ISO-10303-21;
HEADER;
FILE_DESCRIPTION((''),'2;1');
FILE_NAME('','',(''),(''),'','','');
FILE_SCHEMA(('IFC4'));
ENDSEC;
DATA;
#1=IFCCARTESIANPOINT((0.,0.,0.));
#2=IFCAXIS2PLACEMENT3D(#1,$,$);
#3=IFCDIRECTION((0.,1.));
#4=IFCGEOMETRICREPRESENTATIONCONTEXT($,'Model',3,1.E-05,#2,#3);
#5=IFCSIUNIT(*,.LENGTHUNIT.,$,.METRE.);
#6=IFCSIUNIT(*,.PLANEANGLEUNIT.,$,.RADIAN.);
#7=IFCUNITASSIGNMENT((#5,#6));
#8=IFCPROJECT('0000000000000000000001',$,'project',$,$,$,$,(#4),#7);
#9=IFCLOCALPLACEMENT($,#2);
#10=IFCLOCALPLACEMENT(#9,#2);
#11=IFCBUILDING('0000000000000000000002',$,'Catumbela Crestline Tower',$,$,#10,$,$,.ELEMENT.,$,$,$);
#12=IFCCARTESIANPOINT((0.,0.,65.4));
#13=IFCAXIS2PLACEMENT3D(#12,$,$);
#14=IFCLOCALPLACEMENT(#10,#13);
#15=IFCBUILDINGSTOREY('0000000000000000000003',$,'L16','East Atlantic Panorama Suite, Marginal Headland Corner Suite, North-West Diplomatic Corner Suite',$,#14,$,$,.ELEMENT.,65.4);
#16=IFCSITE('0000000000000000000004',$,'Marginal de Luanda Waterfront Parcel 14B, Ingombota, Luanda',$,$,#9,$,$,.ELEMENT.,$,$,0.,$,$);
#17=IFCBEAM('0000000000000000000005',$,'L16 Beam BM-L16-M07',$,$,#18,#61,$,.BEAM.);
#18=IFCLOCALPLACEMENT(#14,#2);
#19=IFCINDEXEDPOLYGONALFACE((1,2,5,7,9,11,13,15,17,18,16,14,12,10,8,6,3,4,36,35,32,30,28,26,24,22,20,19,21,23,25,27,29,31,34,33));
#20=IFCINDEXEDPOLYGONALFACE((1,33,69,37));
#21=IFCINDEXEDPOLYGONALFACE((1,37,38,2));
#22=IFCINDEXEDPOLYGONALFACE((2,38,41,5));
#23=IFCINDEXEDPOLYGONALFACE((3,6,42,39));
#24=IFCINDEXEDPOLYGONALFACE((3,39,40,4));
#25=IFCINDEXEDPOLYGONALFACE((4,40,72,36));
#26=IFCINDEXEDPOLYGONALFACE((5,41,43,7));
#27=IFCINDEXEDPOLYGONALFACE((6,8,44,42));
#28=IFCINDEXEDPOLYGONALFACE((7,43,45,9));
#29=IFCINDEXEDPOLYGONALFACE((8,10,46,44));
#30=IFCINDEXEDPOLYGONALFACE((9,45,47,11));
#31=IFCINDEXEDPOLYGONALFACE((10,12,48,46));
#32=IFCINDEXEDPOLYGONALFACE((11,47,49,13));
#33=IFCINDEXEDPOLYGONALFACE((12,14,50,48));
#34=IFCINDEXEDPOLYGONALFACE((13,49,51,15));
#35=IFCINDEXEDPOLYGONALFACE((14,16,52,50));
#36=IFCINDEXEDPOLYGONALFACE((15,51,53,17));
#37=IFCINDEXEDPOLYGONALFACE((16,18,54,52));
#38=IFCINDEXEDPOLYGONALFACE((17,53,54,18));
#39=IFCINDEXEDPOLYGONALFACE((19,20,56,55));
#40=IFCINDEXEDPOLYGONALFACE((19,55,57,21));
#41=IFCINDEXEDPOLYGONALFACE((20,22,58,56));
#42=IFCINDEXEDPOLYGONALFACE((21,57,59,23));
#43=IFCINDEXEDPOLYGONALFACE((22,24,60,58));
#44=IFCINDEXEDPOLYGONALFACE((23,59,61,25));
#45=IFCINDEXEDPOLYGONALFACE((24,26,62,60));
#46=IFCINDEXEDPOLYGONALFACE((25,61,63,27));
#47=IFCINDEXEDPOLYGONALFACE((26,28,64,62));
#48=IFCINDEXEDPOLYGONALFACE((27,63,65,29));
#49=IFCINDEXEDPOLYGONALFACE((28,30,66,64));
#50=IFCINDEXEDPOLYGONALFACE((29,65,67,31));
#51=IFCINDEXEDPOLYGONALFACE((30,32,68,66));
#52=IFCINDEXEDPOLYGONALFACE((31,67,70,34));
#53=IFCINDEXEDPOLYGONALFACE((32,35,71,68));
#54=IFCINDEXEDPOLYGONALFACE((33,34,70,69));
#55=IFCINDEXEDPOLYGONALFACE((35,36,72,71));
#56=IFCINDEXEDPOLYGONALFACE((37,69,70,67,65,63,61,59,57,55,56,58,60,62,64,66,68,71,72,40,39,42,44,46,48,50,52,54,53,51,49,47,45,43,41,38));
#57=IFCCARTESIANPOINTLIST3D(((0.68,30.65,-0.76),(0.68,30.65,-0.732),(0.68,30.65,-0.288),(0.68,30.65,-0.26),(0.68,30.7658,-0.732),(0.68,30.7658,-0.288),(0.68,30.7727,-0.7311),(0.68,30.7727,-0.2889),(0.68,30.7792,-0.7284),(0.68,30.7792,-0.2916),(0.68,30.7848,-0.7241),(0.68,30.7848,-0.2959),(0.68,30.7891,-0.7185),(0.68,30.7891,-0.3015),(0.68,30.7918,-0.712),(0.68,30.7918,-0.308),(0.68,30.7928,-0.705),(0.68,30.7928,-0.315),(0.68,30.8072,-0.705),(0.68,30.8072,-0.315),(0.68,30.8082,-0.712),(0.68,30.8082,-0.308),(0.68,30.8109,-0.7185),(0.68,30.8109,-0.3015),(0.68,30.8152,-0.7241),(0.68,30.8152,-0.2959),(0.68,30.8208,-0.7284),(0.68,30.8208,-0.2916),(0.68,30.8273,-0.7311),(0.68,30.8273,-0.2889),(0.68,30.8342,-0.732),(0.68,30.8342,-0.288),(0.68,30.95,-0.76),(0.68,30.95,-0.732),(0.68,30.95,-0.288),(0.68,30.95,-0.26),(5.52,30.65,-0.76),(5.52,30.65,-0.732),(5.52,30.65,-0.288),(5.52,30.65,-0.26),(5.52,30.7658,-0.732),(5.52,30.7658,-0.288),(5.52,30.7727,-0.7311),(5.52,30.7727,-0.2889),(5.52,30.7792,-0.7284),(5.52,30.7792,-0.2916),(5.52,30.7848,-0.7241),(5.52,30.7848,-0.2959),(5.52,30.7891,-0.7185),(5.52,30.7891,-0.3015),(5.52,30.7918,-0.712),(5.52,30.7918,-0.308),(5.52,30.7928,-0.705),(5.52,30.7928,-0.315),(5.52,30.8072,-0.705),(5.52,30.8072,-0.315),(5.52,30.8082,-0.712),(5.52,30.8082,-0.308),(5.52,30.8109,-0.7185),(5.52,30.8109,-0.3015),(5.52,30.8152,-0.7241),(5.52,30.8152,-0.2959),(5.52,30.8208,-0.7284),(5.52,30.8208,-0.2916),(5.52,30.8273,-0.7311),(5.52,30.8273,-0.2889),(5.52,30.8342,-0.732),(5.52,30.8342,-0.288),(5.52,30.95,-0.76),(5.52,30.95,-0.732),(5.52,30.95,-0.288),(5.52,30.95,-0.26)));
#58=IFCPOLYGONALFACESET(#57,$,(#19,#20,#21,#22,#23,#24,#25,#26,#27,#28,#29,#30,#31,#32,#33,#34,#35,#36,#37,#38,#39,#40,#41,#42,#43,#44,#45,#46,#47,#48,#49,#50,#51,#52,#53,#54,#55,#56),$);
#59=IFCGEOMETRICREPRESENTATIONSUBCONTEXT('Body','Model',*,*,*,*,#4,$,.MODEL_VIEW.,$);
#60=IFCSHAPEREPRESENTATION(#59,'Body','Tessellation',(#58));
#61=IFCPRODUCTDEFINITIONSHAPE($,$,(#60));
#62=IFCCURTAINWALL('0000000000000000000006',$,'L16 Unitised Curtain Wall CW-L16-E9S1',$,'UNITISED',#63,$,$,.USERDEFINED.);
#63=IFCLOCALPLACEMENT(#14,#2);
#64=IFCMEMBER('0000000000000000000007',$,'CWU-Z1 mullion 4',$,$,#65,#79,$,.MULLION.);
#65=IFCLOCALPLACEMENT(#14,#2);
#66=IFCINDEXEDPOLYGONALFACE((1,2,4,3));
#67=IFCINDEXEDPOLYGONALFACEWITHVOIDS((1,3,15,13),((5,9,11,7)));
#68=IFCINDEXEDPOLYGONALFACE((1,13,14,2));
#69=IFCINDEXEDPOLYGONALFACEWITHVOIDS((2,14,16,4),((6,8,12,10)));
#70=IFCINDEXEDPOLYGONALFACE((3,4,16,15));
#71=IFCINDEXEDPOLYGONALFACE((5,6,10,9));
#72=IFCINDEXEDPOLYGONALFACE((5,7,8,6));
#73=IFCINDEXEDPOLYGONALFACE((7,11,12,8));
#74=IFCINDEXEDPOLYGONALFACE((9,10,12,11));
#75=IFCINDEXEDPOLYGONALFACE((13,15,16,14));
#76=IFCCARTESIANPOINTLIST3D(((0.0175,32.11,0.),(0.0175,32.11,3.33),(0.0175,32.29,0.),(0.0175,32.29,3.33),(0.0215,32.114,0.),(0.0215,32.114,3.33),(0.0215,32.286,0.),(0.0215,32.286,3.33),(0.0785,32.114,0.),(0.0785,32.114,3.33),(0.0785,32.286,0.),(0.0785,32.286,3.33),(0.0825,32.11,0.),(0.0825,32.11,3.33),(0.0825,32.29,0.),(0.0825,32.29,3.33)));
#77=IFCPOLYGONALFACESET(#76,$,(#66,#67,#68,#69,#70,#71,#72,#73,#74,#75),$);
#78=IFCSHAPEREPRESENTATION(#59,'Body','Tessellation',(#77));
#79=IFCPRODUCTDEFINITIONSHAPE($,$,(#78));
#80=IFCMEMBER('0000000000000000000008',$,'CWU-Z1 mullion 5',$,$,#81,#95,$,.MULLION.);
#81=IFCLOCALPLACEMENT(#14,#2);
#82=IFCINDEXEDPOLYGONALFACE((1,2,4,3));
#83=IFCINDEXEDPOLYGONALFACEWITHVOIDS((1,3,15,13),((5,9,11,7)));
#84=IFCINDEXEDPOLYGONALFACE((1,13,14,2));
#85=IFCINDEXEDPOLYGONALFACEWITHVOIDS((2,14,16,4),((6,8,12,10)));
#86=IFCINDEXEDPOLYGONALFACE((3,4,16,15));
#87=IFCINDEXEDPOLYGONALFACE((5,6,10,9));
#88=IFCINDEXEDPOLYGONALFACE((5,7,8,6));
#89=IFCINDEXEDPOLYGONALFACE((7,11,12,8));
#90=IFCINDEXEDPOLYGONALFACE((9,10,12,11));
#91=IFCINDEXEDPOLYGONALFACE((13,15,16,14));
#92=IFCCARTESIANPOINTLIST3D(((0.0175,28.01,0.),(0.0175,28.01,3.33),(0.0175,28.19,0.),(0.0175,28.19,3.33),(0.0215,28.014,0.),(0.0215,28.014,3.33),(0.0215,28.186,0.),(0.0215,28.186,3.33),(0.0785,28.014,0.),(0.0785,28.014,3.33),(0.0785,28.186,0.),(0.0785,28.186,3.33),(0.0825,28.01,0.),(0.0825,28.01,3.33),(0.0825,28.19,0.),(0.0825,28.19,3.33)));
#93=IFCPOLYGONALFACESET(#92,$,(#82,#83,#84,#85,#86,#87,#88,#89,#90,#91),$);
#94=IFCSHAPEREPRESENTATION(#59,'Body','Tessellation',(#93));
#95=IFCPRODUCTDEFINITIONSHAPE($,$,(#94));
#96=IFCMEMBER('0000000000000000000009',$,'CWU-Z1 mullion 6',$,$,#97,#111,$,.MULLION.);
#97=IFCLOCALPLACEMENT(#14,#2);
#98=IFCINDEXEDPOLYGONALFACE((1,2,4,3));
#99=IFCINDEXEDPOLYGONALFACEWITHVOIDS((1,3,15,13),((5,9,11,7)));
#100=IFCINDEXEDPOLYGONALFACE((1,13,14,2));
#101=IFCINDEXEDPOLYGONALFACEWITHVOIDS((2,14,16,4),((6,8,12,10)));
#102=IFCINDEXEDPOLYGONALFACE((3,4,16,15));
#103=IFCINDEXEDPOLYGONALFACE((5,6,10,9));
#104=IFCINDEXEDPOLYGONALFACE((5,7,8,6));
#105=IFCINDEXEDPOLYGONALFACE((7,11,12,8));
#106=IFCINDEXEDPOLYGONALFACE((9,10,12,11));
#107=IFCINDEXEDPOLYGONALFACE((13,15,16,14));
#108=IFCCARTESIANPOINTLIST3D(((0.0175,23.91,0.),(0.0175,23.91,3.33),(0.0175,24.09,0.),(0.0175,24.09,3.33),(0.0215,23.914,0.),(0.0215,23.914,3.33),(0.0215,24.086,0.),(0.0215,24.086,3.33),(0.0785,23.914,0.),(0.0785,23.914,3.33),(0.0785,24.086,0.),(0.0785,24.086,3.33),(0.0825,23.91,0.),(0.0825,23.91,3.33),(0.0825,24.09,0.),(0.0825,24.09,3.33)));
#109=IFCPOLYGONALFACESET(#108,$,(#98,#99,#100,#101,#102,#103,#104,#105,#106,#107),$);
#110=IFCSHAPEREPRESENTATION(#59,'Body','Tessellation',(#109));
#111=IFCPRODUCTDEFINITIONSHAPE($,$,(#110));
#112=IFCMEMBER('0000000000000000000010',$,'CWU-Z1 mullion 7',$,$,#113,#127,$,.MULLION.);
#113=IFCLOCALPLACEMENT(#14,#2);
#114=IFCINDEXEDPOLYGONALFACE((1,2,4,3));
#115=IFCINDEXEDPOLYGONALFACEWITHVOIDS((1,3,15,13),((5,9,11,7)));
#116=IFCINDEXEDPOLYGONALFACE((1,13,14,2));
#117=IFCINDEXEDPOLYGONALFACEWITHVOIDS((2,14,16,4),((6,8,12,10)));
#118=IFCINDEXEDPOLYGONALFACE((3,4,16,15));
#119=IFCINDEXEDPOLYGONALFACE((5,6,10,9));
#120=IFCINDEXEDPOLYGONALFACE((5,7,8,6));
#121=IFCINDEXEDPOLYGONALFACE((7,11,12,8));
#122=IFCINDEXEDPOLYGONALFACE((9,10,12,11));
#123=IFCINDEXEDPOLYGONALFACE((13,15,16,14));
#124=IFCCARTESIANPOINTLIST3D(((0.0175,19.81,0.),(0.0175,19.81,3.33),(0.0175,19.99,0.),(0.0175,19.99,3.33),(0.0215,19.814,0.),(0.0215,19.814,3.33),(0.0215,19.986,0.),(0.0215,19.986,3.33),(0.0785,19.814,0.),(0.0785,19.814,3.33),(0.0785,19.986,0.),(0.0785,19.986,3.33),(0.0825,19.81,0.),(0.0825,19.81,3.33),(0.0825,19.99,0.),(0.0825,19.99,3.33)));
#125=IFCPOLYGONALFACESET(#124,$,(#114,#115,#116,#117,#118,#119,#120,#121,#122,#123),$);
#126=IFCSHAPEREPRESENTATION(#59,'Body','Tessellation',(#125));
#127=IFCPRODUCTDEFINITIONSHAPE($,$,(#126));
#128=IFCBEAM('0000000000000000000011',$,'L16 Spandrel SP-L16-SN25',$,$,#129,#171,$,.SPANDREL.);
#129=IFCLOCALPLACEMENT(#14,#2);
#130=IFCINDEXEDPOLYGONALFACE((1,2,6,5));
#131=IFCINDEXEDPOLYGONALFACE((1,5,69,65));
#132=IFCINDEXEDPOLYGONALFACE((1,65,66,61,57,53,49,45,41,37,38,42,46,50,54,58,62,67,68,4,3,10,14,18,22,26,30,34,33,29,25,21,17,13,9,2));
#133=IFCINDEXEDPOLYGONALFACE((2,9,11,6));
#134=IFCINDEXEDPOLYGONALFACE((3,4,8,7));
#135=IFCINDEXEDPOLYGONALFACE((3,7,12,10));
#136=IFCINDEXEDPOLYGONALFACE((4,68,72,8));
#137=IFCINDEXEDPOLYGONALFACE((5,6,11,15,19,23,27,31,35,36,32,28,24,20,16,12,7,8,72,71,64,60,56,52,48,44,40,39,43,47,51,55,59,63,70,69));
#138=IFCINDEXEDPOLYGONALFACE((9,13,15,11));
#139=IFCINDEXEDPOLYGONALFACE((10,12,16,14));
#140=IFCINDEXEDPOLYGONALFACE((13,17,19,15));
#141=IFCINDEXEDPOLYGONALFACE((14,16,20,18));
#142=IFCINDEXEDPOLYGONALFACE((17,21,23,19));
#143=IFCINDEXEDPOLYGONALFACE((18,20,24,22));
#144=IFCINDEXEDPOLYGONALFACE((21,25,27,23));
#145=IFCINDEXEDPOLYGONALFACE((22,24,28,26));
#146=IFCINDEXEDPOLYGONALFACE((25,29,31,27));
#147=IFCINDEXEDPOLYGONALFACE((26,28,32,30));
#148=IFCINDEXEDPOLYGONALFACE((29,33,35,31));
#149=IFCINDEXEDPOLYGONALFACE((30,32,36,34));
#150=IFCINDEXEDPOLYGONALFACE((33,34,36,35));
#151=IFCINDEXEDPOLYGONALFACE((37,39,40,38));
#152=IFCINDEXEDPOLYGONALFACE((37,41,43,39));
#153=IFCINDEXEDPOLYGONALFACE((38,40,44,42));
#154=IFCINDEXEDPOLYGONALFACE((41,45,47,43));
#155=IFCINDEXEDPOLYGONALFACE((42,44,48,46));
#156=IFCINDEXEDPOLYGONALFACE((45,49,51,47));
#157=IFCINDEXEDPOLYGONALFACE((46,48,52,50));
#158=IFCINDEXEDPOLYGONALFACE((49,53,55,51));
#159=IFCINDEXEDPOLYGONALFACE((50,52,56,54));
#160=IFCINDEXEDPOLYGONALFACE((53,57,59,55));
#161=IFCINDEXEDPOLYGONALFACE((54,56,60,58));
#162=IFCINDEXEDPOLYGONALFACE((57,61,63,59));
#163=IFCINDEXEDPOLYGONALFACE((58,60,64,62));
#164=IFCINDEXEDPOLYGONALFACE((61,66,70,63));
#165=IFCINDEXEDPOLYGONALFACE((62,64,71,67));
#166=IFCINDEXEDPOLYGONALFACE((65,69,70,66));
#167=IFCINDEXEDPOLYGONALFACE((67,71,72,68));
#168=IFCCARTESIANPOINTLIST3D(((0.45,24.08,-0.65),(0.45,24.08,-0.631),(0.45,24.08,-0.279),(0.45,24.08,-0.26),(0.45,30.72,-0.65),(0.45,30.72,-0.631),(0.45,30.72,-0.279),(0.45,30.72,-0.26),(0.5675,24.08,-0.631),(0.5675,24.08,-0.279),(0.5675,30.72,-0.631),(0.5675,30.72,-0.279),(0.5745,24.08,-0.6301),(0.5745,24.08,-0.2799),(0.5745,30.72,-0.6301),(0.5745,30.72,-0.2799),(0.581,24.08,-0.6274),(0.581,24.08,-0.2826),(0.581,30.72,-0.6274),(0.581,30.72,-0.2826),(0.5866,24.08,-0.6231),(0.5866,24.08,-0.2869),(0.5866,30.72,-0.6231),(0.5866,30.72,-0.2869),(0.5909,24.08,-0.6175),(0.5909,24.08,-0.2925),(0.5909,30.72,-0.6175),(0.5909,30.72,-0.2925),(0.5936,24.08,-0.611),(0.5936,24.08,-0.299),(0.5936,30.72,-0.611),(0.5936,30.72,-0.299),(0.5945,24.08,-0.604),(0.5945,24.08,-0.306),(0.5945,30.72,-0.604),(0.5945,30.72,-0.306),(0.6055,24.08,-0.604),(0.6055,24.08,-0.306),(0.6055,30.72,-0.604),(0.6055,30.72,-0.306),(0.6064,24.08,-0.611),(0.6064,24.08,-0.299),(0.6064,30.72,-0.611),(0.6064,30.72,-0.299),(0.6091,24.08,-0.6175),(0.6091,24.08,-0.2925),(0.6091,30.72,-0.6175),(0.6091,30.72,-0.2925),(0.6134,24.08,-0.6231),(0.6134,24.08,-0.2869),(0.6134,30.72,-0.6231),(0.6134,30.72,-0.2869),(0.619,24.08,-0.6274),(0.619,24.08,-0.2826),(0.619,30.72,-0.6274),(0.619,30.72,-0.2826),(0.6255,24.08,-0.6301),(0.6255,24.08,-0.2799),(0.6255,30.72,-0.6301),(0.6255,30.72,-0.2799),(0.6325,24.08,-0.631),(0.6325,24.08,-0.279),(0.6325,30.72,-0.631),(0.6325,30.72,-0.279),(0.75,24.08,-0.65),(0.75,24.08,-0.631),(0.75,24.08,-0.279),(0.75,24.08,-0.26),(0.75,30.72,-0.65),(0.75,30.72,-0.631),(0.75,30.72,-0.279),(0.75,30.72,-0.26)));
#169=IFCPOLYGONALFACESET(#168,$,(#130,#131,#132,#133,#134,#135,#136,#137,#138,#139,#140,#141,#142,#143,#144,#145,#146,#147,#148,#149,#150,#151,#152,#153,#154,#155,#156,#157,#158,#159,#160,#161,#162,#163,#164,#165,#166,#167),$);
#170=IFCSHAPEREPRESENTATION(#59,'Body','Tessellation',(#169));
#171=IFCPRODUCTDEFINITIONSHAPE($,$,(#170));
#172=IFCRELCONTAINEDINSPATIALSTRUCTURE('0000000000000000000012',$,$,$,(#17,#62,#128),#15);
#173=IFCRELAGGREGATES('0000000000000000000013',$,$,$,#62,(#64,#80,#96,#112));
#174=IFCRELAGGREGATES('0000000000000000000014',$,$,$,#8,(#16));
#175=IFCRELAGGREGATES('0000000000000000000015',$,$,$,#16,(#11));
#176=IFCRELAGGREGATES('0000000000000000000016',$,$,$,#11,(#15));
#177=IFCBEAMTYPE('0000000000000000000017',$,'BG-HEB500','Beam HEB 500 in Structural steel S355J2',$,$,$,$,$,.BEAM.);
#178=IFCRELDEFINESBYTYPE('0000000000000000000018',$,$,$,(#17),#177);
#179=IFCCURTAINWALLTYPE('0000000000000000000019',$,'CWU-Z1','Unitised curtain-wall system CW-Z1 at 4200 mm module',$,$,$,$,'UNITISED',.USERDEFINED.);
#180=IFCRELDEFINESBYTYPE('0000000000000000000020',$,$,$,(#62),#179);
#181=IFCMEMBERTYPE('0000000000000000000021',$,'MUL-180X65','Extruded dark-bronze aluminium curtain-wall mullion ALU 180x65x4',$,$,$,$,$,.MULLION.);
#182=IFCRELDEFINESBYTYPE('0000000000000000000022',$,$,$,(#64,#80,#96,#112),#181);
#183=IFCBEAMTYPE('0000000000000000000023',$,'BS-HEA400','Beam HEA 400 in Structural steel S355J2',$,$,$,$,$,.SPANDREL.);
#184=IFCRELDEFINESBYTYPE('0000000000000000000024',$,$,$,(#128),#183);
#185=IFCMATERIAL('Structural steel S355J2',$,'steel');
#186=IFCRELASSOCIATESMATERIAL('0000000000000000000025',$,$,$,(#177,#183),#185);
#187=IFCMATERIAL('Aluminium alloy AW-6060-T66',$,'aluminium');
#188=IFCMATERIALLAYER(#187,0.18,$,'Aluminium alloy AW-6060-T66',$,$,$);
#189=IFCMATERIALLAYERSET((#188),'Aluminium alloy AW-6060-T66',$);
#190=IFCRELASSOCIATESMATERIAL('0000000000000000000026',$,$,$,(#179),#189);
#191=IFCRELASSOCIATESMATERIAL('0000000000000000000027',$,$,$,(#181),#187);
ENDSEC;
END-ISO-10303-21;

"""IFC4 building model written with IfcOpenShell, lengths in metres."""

from ifc_helpers import new_model, si_unit, direction, frame, origin, origin_2d, place, context, subcontext, project, spatial, hollow_rectangle, i_section, extrude, material, layer, layer_set, material_profile, profile_set, type_object, element, aggregate, save


model = new_model("IFC4")

# Units and contexts
model_context = context("Model", 3, precision=1e-05, world=origin(), true_north=direction((0.0, 1.0)))
body_context = subcontext(model_context, "Body", "Model", "MODEL_VIEW")
ifc_project = project(units=[si_unit("LENGTHUNIT", "METRE"), si_unit("PLANEANGLEUNIT", "RADIAN")], contexts=[model_context])

# Site, building, storey
site_placement = place(None, origin())
site = spatial("IfcSite", under=ifc_project, at=site_placement, Name="Marginal de Luanda Waterfront Parcel 14B, Ingombota, Luanda", CompositionType="ELEMENT", RefElevation=0.0)
building_placement = place(site_placement, origin())
building = spatial("IfcBuilding", under=site, at=building_placement, Name="Catumbela Crestline Tower", CompositionType="ELEMENT")
storey_placement = place(building_placement, frame((0.0, 0.0, 65.4)))
storey = spatial("IfcBuildingStorey", under=building, at=storey_placement, Name="L16", Description="East Atlantic Panorama Suite, Marginal Headland Corner Suite, North-West Diplomatic Corner Suite", CompositionType="ELEMENT", Elevation=65.4)

# Beam
ifc_material_1 = material(Name="Structural steel S355J2", Category="steel")
ifc_material_profile_1 = material_profile(ifc_material_1, i_section(OverallWidth=0.3, OverallDepth=0.5, WebThickness=0.0145, FlangeThickness=0.028, FilletRadius=0.027, at=origin_2d()), Name="HEB 500")
ifc_profile_set_1 = profile_set([ifc_material_profile_1], Name="Structural steel S355J2")
beam_type_1 = type_object("IfcBeamType", Name="BG-HEB500", Description="Beam HEB 500 in Structural steel S355J2", PredefinedType="BEAM", material=ifc_profile_set_1)
for number, where, z_axis, x_axis, name in (
    (1, (0.68, 30.8, -0.51), (1.0, 0.0, 0.0), (0.0, 1.0, 0.0), "L16 Beam BM-L16-M07"),
):
    element("IfcBeam", number, at=place(storey_placement, frame(where, z_axis=z_axis, x_axis=x_axis)), inside=storey, type_object=beam_type_1, Name=name, PredefinedType="BEAM", context=body_context, shape_type="SweptSolid", body=[
        extrude(i_section(OverallWidth=0.3, OverallDepth=0.5, WebThickness=0.0145, FlangeThickness=0.028, FilletRadius=0.027, at=origin_2d()), origin(), (0.0, 0.0, 1.0), 4.84),
    ])

# Curtain wall, members
ifc_material_2 = material(Name="Aluminium alloy AW-6060-T66", Category="aluminium")
ifc_layer_1 = layer(ifc_material_2, 0.18, Name="Aluminium alloy AW-6060-T66")
ifc_layer_set_1 = layer_set([ifc_layer_1], Name="Aluminium alloy AW-6060-T66")
curtain_wall_type = type_object("IfcCurtainWallType", Name="CWU-Z1", Description="Unitised curtain-wall system CW-Z1 at 4200 mm module", ElementType="UNITISED", PredefinedType="USERDEFINED", material=ifc_layer_set_1)
curtain_wall_placement = place(storey_placement, origin())
curtain_wall = element("IfcCurtainWall", 2, at=curtain_wall_placement, inside=storey, type_object=curtain_wall_type, Name="L16 Unitised Curtain Wall CW-L16-E9S1", ObjectType="UNITISED", PredefinedType="USERDEFINED")
ifc_material_profile_2 = material_profile(ifc_material_2, hollow_rectangle(XDim=0.065, YDim=0.18, WallThickness=0.004, at=origin_2d()), Name="ALU 180x65x4")
ifc_profile_set_2 = profile_set([ifc_material_profile_2], Name="Aluminium alloy AW-6060-T66")
member_type_1 = type_object("IfcMemberType", Name="MUL-180X65", Description="Extruded dark-bronze aluminium curtain-wall mullion ALU 180x65x4", PredefinedType="MULLION", material=ifc_profile_set_2)
member_1_placement = place(storey_placement, frame((0.05, 32.2, 0.0), z_axis=(0.0, 0.0, 1.0), x_axis=(1.0, 0.0, 0.0)))
member_1 = element("IfcMember", 3, at=member_1_placement, type_object=member_type_1, Name="CWU-Z1 mullion 4", PredefinedType="MULLION", context=body_context, shape_type="SweptSolid", body=[
    extrude(hollow_rectangle(XDim=0.065, YDim=0.18, WallThickness=0.004, at=origin_2d()), origin(), (0.0, 0.0, 1.0), 3.33),
])
member_2_placement = place(storey_placement, frame((0.05, 28.1, 0.0), z_axis=(0.0, 0.0, 1.0), x_axis=(1.0, 0.0, 0.0)))
member_2 = element("IfcMember", 4, at=member_2_placement, type_object=member_type_1, Name="CWU-Z1 mullion 5", PredefinedType="MULLION", context=body_context, shape_type="SweptSolid", body=[
    extrude(hollow_rectangle(XDim=0.065, YDim=0.18, WallThickness=0.004, at=origin_2d()), origin(), (0.0, 0.0, 1.0), 3.33),
])
member_3_placement = place(storey_placement, frame((0.05, 24.0, 0.0), z_axis=(0.0, 0.0, 1.0), x_axis=(1.0, 0.0, 0.0)))
member_3 = element("IfcMember", 5, at=member_3_placement, type_object=member_type_1, Name="CWU-Z1 mullion 6", PredefinedType="MULLION", context=body_context, shape_type="SweptSolid", body=[
    extrude(hollow_rectangle(XDim=0.065, YDim=0.18, WallThickness=0.004, at=origin_2d()), origin(), (0.0, 0.0, 1.0), 3.33),
])
member_4_placement = place(storey_placement, frame((0.05, 19.9, 0.0), z_axis=(0.0, 0.0, 1.0), x_axis=(1.0, 0.0, 0.0)))
member_4 = element("IfcMember", 6, at=member_4_placement, type_object=member_type_1, Name="CWU-Z1 mullion 7", PredefinedType="MULLION", context=body_context, shape_type="SweptSolid", body=[
    extrude(hollow_rectangle(XDim=0.065, YDim=0.18, WallThickness=0.004, at=origin_2d()), origin(), (0.0, 0.0, 1.0), 3.33),
])

# Beam
ifc_material_profile_3 = material_profile(ifc_material_1, i_section(OverallWidth=0.3, OverallDepth=0.39, WebThickness=0.011, FlangeThickness=0.019, FilletRadius=0.027, at=origin_2d()), Name="HEA 400")
ifc_profile_set_3 = profile_set([ifc_material_profile_3], Name="Structural steel S355J2")
beam_type_2 = type_object("IfcBeamType", Name="BS-HEA400", Description="Beam HEA 400 in Structural steel S355J2", PredefinedType="SPANDREL", material=ifc_profile_set_3)
beam_1_placement = place(storey_placement, frame((0.6, 24.08, -0.455), z_axis=(0.0, 1.0, 0.0), x_axis=(-1.0, 0.0, 0.0)))
element("IfcBeam", 7, at=beam_1_placement, inside=storey, type_object=beam_type_2, Name="L16 Spandrel SP-L16-SN25", PredefinedType="SPANDREL", context=body_context, shape_type="SweptSolid", body=[
    extrude(i_section(OverallWidth=0.3, OverallDepth=0.39, WebThickness=0.011, FlangeThickness=0.019, FilletRadius=0.027, at=origin_2d()), origin(), (0.0, 0.0, 1.0), 6.64),
])

aggregate(curtain_wall, [member_1, member_2, member_3, member_4])

save(model, "model.ifc")
